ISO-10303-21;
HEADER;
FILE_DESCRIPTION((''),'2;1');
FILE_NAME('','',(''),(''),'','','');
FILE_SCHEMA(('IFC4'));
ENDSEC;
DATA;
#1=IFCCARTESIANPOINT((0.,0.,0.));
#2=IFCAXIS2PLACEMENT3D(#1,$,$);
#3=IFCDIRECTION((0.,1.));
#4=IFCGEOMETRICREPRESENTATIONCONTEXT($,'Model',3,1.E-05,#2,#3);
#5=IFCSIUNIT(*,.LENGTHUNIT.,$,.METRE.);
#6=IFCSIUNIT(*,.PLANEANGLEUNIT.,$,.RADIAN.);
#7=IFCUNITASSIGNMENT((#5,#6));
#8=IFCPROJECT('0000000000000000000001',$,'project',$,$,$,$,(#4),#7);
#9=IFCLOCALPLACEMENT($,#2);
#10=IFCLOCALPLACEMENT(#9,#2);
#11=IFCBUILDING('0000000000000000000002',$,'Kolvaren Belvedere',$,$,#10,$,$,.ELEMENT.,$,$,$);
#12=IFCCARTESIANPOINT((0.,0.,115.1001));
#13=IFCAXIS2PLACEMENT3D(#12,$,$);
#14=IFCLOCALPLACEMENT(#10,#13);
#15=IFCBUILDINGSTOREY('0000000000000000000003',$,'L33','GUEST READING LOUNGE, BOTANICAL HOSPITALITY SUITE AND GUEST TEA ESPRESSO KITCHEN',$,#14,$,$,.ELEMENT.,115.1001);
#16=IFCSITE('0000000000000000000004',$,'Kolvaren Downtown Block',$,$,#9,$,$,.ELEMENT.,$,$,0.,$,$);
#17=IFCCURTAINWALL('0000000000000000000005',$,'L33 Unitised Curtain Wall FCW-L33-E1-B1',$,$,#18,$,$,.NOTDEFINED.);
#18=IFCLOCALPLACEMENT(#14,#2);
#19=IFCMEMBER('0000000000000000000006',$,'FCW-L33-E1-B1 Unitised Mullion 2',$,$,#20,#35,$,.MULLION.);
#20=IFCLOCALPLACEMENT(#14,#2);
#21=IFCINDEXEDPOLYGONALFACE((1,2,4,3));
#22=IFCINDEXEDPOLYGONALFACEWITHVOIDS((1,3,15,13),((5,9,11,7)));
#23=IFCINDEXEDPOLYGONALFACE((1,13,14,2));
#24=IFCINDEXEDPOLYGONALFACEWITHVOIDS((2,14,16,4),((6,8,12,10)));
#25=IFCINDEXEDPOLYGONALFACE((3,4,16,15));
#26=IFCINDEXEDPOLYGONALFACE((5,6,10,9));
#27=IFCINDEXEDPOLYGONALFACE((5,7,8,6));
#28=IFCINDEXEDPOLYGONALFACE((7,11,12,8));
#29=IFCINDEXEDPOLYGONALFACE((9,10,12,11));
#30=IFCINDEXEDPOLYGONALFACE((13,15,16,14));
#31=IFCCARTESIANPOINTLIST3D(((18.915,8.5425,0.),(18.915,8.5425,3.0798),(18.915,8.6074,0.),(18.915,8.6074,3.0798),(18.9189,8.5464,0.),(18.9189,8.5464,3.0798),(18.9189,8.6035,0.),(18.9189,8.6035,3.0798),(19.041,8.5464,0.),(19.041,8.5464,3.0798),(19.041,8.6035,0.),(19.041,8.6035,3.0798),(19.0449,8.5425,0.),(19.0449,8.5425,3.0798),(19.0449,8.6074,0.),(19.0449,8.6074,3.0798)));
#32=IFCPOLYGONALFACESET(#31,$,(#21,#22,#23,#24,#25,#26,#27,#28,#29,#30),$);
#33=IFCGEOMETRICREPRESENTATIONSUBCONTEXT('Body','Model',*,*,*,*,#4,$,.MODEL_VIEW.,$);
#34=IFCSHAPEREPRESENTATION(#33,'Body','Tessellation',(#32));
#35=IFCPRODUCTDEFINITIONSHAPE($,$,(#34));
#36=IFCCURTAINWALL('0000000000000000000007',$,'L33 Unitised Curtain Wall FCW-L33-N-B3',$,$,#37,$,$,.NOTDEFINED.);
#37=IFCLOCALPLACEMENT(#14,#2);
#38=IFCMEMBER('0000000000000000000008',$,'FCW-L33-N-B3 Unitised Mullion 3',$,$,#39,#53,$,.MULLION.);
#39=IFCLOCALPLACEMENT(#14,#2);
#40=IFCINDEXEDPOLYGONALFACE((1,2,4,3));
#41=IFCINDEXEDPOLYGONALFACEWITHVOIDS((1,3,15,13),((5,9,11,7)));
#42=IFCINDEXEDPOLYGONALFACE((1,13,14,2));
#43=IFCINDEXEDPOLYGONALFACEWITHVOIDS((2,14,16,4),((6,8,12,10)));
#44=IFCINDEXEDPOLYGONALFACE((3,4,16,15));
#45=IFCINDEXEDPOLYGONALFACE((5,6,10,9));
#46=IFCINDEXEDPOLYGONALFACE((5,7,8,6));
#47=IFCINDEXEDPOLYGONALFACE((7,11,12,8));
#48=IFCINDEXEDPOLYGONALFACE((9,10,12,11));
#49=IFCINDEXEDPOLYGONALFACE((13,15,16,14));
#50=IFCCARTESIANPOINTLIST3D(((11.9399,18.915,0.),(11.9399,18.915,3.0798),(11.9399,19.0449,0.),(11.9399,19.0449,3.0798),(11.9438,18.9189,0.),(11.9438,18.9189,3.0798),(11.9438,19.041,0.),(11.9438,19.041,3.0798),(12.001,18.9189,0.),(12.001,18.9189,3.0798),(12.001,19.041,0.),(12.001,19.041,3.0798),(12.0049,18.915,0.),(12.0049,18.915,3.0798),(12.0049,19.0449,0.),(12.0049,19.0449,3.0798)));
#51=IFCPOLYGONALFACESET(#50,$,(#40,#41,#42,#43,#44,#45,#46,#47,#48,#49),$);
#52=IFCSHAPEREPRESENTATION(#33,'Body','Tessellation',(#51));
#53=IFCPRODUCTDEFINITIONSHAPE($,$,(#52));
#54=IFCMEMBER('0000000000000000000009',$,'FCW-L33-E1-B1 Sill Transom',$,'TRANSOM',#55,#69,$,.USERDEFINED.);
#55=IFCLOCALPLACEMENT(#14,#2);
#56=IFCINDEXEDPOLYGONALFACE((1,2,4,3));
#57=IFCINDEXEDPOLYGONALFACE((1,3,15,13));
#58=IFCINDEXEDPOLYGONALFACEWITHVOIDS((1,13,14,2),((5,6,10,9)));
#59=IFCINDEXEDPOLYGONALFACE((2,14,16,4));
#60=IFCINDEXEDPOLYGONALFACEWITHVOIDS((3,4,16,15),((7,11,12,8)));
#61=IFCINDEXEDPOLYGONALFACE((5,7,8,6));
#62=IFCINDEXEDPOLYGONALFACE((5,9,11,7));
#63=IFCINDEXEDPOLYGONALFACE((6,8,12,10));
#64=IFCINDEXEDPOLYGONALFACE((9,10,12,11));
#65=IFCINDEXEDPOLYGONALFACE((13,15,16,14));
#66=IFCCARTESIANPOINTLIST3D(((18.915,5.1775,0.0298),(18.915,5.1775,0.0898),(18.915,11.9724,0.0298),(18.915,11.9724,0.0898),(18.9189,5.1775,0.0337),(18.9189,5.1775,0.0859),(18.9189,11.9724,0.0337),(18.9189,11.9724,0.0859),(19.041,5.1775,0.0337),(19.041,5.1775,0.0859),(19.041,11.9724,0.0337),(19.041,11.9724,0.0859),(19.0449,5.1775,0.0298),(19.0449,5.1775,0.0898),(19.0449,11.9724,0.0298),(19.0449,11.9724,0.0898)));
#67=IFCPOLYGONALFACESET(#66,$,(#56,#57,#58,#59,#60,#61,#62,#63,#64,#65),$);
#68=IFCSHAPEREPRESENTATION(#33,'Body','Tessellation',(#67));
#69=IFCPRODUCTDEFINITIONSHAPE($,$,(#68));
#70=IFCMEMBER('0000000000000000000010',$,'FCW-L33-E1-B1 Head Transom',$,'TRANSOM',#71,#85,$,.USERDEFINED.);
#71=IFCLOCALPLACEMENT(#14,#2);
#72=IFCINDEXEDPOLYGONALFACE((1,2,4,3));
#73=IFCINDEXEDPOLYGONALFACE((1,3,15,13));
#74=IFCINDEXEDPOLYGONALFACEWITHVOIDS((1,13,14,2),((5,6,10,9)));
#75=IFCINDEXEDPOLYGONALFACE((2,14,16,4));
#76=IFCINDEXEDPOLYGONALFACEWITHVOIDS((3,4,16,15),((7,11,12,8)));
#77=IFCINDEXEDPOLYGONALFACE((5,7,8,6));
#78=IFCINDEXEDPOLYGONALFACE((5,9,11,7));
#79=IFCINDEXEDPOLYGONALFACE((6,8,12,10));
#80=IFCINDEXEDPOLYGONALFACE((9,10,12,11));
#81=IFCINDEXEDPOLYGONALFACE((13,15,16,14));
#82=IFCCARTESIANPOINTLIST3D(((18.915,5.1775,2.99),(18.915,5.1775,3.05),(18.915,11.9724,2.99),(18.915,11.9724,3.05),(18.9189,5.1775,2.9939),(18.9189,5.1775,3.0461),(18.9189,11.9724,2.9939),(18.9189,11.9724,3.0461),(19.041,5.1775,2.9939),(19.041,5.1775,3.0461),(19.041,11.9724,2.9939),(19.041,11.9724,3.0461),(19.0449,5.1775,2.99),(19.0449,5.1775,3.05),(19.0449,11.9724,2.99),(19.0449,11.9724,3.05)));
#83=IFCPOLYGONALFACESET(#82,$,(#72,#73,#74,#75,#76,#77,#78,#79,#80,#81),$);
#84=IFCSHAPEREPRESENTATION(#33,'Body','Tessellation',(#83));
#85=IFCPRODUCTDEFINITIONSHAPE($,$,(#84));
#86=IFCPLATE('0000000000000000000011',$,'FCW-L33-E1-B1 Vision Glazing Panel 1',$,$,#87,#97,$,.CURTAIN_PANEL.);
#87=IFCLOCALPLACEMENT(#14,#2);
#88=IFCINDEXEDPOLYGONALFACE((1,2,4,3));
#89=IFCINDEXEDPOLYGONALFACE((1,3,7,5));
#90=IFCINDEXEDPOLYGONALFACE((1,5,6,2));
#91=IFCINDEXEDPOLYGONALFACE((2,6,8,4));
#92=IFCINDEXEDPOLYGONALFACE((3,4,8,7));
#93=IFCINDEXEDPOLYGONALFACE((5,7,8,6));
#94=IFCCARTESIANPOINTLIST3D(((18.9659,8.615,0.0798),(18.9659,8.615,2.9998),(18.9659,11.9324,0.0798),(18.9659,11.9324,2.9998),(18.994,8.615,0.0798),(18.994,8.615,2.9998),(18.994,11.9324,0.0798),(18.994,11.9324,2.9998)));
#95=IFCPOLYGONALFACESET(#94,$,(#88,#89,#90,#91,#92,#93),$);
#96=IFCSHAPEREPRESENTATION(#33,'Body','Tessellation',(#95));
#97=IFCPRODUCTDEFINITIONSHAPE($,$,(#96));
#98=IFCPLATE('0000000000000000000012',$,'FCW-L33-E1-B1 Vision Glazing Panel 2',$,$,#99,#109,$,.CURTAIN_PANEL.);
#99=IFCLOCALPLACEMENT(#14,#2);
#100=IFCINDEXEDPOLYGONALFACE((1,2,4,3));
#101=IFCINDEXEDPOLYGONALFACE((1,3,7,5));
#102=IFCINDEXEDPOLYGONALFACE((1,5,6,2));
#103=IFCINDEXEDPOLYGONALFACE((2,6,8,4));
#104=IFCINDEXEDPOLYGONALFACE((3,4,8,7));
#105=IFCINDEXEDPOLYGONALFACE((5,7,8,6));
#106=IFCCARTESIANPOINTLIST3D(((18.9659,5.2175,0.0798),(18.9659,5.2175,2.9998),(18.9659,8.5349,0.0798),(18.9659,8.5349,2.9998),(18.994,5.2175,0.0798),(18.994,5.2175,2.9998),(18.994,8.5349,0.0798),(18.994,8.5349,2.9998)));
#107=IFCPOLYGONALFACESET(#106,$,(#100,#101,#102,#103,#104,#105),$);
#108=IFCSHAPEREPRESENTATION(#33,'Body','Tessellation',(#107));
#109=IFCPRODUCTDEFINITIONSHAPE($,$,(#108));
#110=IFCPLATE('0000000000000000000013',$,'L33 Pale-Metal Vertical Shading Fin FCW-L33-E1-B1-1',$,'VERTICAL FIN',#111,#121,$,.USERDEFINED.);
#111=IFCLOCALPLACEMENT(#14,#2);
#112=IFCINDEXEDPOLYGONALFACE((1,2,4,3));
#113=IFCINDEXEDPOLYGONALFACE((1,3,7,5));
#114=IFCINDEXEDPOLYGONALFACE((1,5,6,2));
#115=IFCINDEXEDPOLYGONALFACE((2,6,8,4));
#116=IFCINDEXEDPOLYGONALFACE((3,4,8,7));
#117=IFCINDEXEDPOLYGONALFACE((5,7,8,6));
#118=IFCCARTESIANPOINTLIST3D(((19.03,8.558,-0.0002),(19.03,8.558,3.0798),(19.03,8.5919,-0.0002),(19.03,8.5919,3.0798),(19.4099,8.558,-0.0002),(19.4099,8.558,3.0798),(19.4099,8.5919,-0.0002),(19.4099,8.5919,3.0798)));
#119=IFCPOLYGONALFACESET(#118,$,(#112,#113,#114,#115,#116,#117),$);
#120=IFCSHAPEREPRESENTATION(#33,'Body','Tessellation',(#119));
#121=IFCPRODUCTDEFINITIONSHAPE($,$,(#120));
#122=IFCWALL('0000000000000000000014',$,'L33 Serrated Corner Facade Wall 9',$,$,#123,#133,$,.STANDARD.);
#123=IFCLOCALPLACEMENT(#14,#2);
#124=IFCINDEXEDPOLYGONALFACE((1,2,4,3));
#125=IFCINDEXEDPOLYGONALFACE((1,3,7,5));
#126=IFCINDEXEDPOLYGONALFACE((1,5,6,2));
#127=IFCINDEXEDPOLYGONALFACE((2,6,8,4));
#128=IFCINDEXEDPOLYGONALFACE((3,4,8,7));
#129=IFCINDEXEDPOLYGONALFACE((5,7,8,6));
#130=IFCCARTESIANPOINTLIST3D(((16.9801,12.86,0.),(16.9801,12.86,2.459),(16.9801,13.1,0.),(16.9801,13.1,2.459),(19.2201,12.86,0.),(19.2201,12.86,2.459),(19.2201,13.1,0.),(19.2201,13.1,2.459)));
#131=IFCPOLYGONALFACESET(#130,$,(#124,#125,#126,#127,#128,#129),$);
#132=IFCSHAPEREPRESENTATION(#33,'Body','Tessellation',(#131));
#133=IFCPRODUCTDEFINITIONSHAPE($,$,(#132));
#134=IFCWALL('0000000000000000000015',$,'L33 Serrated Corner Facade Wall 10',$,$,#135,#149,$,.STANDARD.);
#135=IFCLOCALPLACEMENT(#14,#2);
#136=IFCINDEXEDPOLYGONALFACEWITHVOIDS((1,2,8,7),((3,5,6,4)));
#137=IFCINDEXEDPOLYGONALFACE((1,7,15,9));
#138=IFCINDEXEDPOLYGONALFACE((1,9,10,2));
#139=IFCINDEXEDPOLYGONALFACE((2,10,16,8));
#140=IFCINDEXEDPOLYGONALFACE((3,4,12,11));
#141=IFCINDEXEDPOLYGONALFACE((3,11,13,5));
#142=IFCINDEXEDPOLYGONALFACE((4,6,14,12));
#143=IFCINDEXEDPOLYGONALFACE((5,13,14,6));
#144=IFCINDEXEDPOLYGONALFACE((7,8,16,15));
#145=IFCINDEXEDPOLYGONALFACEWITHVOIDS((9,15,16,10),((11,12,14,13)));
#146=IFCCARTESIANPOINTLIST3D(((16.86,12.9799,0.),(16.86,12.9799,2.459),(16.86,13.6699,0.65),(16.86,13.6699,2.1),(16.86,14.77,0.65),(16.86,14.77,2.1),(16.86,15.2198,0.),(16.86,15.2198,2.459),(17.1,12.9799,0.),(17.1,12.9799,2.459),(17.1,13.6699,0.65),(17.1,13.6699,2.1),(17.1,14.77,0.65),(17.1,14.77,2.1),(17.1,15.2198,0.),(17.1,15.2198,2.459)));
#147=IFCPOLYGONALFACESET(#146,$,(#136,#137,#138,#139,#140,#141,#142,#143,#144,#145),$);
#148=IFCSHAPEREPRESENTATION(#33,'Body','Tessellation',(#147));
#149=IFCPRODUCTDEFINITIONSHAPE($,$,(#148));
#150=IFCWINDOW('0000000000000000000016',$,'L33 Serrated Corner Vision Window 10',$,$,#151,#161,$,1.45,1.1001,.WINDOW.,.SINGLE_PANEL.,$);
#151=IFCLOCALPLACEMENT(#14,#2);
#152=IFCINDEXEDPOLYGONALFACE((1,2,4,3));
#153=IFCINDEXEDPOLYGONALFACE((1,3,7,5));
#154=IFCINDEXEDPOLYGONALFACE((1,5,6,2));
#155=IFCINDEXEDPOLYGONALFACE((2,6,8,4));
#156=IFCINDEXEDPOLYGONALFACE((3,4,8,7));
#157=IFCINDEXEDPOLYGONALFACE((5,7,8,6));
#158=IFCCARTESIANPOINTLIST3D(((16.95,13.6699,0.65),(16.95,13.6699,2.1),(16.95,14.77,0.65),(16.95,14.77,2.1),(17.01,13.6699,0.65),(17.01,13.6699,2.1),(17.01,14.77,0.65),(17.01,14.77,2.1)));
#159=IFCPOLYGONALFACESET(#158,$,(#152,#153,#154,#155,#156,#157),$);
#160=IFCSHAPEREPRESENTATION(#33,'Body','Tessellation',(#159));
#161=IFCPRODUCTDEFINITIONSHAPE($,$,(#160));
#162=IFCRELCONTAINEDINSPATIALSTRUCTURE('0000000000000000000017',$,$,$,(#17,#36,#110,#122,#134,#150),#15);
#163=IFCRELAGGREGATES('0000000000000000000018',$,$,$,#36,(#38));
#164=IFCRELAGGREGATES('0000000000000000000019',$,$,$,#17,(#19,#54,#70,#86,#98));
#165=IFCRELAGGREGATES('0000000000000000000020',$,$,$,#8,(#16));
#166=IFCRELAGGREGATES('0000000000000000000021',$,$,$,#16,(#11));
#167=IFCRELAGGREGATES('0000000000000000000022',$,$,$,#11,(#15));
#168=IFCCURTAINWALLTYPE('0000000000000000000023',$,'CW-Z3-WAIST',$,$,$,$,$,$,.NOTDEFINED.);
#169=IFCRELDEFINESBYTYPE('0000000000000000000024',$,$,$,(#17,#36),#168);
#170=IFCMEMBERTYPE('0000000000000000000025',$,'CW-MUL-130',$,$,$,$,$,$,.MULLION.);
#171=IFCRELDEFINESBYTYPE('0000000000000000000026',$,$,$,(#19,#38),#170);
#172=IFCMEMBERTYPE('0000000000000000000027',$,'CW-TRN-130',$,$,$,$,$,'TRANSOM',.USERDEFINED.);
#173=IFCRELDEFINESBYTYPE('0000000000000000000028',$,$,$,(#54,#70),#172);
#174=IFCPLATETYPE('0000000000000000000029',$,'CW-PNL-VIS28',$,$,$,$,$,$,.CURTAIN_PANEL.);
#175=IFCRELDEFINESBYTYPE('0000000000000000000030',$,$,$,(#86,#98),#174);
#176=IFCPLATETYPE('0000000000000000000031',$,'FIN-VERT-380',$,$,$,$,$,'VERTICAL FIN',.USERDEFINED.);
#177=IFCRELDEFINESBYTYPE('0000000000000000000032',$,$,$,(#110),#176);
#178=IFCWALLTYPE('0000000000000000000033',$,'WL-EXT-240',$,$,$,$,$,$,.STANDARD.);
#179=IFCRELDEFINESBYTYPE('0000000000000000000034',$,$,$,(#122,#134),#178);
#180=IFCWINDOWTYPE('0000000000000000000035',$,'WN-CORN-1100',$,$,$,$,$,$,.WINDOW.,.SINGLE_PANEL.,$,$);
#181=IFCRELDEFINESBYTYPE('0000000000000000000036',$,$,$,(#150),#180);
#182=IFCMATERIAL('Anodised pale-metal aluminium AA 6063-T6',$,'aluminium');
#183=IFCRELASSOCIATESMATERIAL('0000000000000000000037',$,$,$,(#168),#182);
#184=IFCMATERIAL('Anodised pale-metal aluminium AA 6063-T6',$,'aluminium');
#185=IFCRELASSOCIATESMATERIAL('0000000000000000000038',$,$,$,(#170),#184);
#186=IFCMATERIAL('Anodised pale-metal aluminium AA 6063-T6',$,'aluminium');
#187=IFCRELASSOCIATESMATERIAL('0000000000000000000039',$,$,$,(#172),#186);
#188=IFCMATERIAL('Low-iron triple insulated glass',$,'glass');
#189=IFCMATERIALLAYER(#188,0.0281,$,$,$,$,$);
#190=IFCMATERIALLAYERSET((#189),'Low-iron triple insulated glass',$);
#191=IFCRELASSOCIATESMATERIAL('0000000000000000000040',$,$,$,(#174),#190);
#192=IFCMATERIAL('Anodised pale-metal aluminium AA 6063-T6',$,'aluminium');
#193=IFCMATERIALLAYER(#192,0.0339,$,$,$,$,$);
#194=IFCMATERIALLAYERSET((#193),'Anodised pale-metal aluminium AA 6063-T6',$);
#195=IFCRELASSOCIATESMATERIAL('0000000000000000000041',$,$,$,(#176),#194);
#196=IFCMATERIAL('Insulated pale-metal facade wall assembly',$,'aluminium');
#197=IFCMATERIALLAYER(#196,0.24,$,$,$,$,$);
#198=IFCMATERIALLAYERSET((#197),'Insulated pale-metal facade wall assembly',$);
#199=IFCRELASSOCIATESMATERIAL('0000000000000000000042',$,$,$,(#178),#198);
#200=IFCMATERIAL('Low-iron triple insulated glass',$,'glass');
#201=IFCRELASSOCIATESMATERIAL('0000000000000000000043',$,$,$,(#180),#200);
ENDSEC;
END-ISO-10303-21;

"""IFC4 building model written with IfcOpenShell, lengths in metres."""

from ifc_helpers import new_model, si_unit, direction, frame, frame_2d, origin, origin_2d, place, context, subcontext, project, spatial, rectangle, hollow_rectangle, extrude, material, layer, layer_set, material_profile, profile_set, type_object, element, fill, aggregate, save


model = new_model("IFC4")

# Units and contexts
model_context = context("Model", 3, precision=1e-05, world=origin(), true_north=direction((0.0, 1.0)))
body_context = subcontext(model_context, "Body", "Model", "MODEL_VIEW")
ifc_project = project(units=[si_unit("LENGTHUNIT", "METRE"), si_unit("PLANEANGLEUNIT", "RADIAN")], contexts=[model_context])

# Site, building, storey
site_placement = place(None, origin())
site = spatial("IfcSite", under=ifc_project, at=site_placement, Name="Kolvaren Downtown Block", CompositionType="ELEMENT", RefElevation=0.0)
building_placement = place(site_placement, origin())
building = spatial("IfcBuilding", under=site, at=building_placement, Name="Kolvaren Belvedere", CompositionType="ELEMENT")
storey_placement = place(building_placement, frame((0.0, 0.0, 115.1001)))
storey = spatial("IfcBuildingStorey", under=building, at=storey_placement, Name="L33", Description="GUEST READING LOUNGE, BOTANICAL HOSPITALITY SUITE AND GUEST TEA ESPRESSO KITCHEN", CompositionType="ELEMENT", Elevation=115.1001)

# Curtain wall, member
ifc_material_1 = material(Name="Anodised pale-metal aluminium AA 6063-T6", Category="aluminium")
curtain_wall_type = type_object("IfcCurtainWallType", Name="CW-Z3-WAIST", PredefinedType="NOTDEFINED", material=ifc_material_1)
curtain_wall_1_placement = place(storey_placement, origin())
curtain_wall_1 = element("IfcCurtainWall", 1, at=curtain_wall_1_placement, inside=storey, type_object=curtain_wall_type, Name="L33 Unitised Curtain Wall FCW-L33-E1-B1", PredefinedType="NOTDEFINED")
ifc_material_2 = material(Name="Anodised pale-metal aluminium AA 6063-T6", Category="aluminium")
ifc_material_profile_1 = material_profile(ifc_material_2, hollow_rectangle(XDim=0.0649, YDim=0.1299, WallThickness=0.0039, at=origin_2d()), Name="ALU-MUL-130X65")
ifc_profile_set_1 = profile_set([ifc_material_profile_1], Name="Anodised pale-metal aluminium AA 6063-T6")
member_type_1 = type_object("IfcMemberType", Name="CW-MUL-130", PredefinedType="MULLION", material=ifc_profile_set_1)
member_1_placement = place(storey_placement, frame((18.98, 8.575, 0.0), z_axis=(0.0, 0.0, 1.0), x_axis=(0.0, 1.0, 0.0)))
member_1 = element("IfcMember", 2, at=member_1_placement, type_object=member_type_1, Name="FCW-L33-E1-B1 Unitised Mullion 2", PredefinedType="MULLION", context=body_context, shape_type="SweptSolid", body=[
    extrude(hollow_rectangle(XDim=0.0649, YDim=0.1299, WallThickness=0.0039, at=origin_2d()), origin(), (0.0, 0.0, 1.0), 3.0798),
])

# Curtain wall, member
curtain_wall_2_placement = place(storey_placement, origin())
curtain_wall_2 = element("IfcCurtainWall", 3, at=curtain_wall_2_placement, inside=storey, type_object=curtain_wall_type, Name="L33 Unitised Curtain Wall FCW-L33-N-B3", PredefinedType="NOTDEFINED")
member_2_placement = place(storey_placement, frame((11.9724, 18.98, 0.0), z_axis=(0.0, 0.0, 1.0), x_axis=(1.0, 0.0, 0.0)))
member_2 = element("IfcMember", 4, at=member_2_placement, type_object=member_type_1, Name="FCW-L33-N-B3 Unitised Mullion 3", PredefinedType="MULLION", context=body_context, shape_type="SweptSolid", body=[
    extrude(hollow_rectangle(XDim=0.0649, YDim=0.1299, WallThickness=0.0039, at=origin_2d()), origin(), (0.0, 0.0, 1.0), 3.0798),
])
aggregate(curtain_wall_2, [member_2])

# Members
ifc_material_3 = material(Name="Anodised pale-metal aluminium AA 6063-T6", Category="aluminium")
ifc_material_profile_2 = material_profile(ifc_material_3, hollow_rectangle(XDim=0.0601, YDim=0.1299, WallThickness=0.0039, at=origin_2d()), Name="ALU-TRN-130X60")
ifc_profile_set_2 = profile_set([ifc_material_profile_2], Name="Anodised pale-metal aluminium AA 6063-T6")
member_type_2 = type_object("IfcMemberType", Name="CW-TRN-130", ElementType="TRANSOM", PredefinedType="USERDEFINED", material=ifc_profile_set_2)
member_3_placement = place(storey_placement, frame((18.98, 11.9724, 0.0598), z_axis=(0.0, -1.0, 0.0), x_axis=(0.0, 0.0, 1.0)))
member_3 = element("IfcMember", 5, at=member_3_placement, type_object=member_type_2, Name="FCW-L33-E1-B1 Sill Transom", ObjectType="TRANSOM", PredefinedType="USERDEFINED", context=body_context, shape_type="SweptSolid", body=[
    extrude(hollow_rectangle(XDim=0.0601, YDim=0.1299, WallThickness=0.0039, at=origin_2d()), origin(), (0.0, 0.0, 1.0), 6.7949),
])
member_4_placement = place(storey_placement, frame((18.98, 11.9724, 3.02), z_axis=(0.0, -1.0, 0.0), x_axis=(0.0, 0.0, 1.0)))
member_4 = element("IfcMember", 6, at=member_4_placement, type_object=member_type_2, Name="FCW-L33-E1-B1 Head Transom", ObjectType="TRANSOM", PredefinedType="USERDEFINED", context=body_context, shape_type="SweptSolid", body=[
    extrude(hollow_rectangle(XDim=0.0601, YDim=0.1299, WallThickness=0.0039, at=origin_2d()), origin(), (0.0, 0.0, 1.0), 6.7949),
])

# Plates
ifc_material_4 = material(Name="Low-iron triple insulated glass", Category="glass")
ifc_layer_1 = layer(ifc_material_4, 0.0281)
ifc_layer_set_1 = layer_set([ifc_layer_1], Name="Low-iron triple insulated glass")
plate_type_1 = type_object("IfcPlateType", Name="CW-PNL-VIS28", PredefinedType="CURTAIN_PANEL", material=ifc_layer_set_1)
plate_1_placement = place(storey_placement, frame((18.98, 10.2737, 0.0798), z_axis=(0.0, 0.0, 1.0), x_axis=(0.0, -1.0, 0.0)))
plate_1 = element("IfcPlate", 7, at=plate_1_placement, type_object=plate_type_1, Name="FCW-L33-E1-B1 Vision Glazing Panel 1", PredefinedType="CURTAIN_PANEL", context=body_context, shape_type="SweptSolid", body=[
    extrude(rectangle(XDim=3.3174, YDim=0.0281, at=origin_2d()), origin(), (0.0, 0.0, 1.0), 2.9199),
])
plate_2_placement = place(storey_placement, frame((18.98, 6.8762, 0.0798), z_axis=(0.0, 0.0, 1.0), x_axis=(0.0, -1.0, 0.0)))
plate_2 = element("IfcPlate", 8, at=plate_2_placement, type_object=plate_type_1, Name="FCW-L33-E1-B1 Vision Glazing Panel 2", PredefinedType="CURTAIN_PANEL", context=body_context, shape_type="SweptSolid", body=[
    extrude(rectangle(XDim=3.3174, YDim=0.0281, at=origin_2d()), origin(), (0.0, 0.0, 1.0), 2.9199),
])
aggregate(curtain_wall_1, [member_1, member_3, member_4, plate_1, plate_2])
ifc_material_5 = material(Name="Anodised pale-metal aluminium AA 6063-T6", Category="aluminium")
ifc_layer_2 = layer(ifc_material_5, 0.0339)
ifc_layer_set_2 = layer_set([ifc_layer_2], Name="Anodised pale-metal aluminium AA 6063-T6")
plate_type_2 = type_object("IfcPlateType", Name="FIN-VERT-380", ElementType="VERTICAL FIN", PredefinedType="USERDEFINED", material=ifc_layer_set_2)
plate_3_placement = place(storey_placement, frame((19.22, 8.575, -0.0002), z_axis=(0.0, 0.0, 1.0), x_axis=(1.0, 0.0, 0.0)))
element("IfcPlate", 9, at=plate_3_placement, inside=storey, type_object=plate_type_2, Name="L33 Pale-Metal Vertical Shading Fin FCW-L33-E1-B1-1", ObjectType="VERTICAL FIN", PredefinedType="USERDEFINED", context=body_context, shape_type="SweptSolid", body=[
    extrude(rectangle(XDim=0.3799, YDim=0.0339, at=origin_2d()), origin(), (0.0, 0.0, 1.0), 3.0801),
])

# Wall
ifc_material_6 = material(Name="Insulated pale-metal facade wall assembly", Category="aluminium")
ifc_layer_3 = layer(ifc_material_6, 0.24)
ifc_layer_set_3 = layer_set([ifc_layer_3], Name="Insulated pale-metal facade wall assembly")
wall_type_1 = type_object("IfcWallType", Name="WL-EXT-240", PredefinedType="STANDARD", material=ifc_layer_set_3)
wall_1_placement = place(storey_placement, frame((16.98, 12.98, 0.0), z_axis=(0.0, 0.0, 1.0), x_axis=(1.0, 0.0, 0.0)))
element("IfcWall", 10, at=wall_1_placement, inside=storey, type_object=wall_type_1, Name="L33 Serrated Corner Facade Wall 9", PredefinedType="STANDARD", context=body_context, shape_type="SweptSolid", body=[
    extrude(rectangle(XDim=2.24, YDim=0.24, at=frame_2d((1.1201, 0.0))), origin(), (0.0, 0.0, 1.0), 2.459),
])

# Wall, opening, window
wall_2_placement = place(storey_placement, frame((16.98, 15.22, 0.0), z_axis=(0.0, 0.0, 1.0), x_axis=(0.0, -1.0, 0.0)))
wall_2 = element("IfcWall", 11, at=wall_2_placement, inside=storey, type_object=wall_type_1, Name="L33 Serrated Corner Facade Wall 10", PredefinedType="STANDARD", context=body_context, shape_type="SweptSolid", body=[
    extrude(rectangle(XDim=2.24, YDim=0.24, at=frame_2d((1.1201, 0.0))), origin(), (0.0, 0.0, 1.0), 2.459),
])
opening_1_placement = place(wall_2_placement, frame((0.45, 0.0, 0.6499)))
opening_1 = element("IfcOpeningElement", 12, at=opening_1_placement, cuts=wall_2, PredefinedType="OPENING", context=body_context, shape_type="SweptSolid", body=[
    extrude(rectangle(XDim=1.1001, YDim=1.45, at=frame_2d((0.55, 0.7251))), frame((0.0, 0.1299, 0.0), z_axis=(0.0, -1.0, 0.0), x_axis=(1.0, 0.0, 0.0)), (0.0, 0.0, 1.0), 0.26),
])
ifc_material_7 = material(Name="Low-iron triple insulated glass", Category="glass")
window_type = type_object("IfcWindowType", Name="WN-CORN-1100", PartitioningType="SINGLE_PANEL", PredefinedType="WINDOW", material=ifc_material_7)
window_1_placement = place(opening_1_placement, origin())
window_1 = element("IfcWindow", 13, at=window_1_placement, inside=storey, type_object=window_type, Name="L33 Serrated Corner Vision Window 10", OverallHeight=1.45, OverallWidth=1.1001, PartitioningType="SINGLE_PANEL", PredefinedType="WINDOW", context=body_context, shape_type="SweptSolid", body=[
    extrude(rectangle(XDim=1.1001, YDim=1.45, at=frame_2d((0.55, 0.7251))), frame((0.0, 0.03, 0.0), z_axis=(0.0, -1.0, 0.0), x_axis=(1.0, 0.0, 0.0)), (0.0, 0.0, 1.0), 0.0601),
])
fill(opening_1, window_1)

save(model, "model.ifc")
